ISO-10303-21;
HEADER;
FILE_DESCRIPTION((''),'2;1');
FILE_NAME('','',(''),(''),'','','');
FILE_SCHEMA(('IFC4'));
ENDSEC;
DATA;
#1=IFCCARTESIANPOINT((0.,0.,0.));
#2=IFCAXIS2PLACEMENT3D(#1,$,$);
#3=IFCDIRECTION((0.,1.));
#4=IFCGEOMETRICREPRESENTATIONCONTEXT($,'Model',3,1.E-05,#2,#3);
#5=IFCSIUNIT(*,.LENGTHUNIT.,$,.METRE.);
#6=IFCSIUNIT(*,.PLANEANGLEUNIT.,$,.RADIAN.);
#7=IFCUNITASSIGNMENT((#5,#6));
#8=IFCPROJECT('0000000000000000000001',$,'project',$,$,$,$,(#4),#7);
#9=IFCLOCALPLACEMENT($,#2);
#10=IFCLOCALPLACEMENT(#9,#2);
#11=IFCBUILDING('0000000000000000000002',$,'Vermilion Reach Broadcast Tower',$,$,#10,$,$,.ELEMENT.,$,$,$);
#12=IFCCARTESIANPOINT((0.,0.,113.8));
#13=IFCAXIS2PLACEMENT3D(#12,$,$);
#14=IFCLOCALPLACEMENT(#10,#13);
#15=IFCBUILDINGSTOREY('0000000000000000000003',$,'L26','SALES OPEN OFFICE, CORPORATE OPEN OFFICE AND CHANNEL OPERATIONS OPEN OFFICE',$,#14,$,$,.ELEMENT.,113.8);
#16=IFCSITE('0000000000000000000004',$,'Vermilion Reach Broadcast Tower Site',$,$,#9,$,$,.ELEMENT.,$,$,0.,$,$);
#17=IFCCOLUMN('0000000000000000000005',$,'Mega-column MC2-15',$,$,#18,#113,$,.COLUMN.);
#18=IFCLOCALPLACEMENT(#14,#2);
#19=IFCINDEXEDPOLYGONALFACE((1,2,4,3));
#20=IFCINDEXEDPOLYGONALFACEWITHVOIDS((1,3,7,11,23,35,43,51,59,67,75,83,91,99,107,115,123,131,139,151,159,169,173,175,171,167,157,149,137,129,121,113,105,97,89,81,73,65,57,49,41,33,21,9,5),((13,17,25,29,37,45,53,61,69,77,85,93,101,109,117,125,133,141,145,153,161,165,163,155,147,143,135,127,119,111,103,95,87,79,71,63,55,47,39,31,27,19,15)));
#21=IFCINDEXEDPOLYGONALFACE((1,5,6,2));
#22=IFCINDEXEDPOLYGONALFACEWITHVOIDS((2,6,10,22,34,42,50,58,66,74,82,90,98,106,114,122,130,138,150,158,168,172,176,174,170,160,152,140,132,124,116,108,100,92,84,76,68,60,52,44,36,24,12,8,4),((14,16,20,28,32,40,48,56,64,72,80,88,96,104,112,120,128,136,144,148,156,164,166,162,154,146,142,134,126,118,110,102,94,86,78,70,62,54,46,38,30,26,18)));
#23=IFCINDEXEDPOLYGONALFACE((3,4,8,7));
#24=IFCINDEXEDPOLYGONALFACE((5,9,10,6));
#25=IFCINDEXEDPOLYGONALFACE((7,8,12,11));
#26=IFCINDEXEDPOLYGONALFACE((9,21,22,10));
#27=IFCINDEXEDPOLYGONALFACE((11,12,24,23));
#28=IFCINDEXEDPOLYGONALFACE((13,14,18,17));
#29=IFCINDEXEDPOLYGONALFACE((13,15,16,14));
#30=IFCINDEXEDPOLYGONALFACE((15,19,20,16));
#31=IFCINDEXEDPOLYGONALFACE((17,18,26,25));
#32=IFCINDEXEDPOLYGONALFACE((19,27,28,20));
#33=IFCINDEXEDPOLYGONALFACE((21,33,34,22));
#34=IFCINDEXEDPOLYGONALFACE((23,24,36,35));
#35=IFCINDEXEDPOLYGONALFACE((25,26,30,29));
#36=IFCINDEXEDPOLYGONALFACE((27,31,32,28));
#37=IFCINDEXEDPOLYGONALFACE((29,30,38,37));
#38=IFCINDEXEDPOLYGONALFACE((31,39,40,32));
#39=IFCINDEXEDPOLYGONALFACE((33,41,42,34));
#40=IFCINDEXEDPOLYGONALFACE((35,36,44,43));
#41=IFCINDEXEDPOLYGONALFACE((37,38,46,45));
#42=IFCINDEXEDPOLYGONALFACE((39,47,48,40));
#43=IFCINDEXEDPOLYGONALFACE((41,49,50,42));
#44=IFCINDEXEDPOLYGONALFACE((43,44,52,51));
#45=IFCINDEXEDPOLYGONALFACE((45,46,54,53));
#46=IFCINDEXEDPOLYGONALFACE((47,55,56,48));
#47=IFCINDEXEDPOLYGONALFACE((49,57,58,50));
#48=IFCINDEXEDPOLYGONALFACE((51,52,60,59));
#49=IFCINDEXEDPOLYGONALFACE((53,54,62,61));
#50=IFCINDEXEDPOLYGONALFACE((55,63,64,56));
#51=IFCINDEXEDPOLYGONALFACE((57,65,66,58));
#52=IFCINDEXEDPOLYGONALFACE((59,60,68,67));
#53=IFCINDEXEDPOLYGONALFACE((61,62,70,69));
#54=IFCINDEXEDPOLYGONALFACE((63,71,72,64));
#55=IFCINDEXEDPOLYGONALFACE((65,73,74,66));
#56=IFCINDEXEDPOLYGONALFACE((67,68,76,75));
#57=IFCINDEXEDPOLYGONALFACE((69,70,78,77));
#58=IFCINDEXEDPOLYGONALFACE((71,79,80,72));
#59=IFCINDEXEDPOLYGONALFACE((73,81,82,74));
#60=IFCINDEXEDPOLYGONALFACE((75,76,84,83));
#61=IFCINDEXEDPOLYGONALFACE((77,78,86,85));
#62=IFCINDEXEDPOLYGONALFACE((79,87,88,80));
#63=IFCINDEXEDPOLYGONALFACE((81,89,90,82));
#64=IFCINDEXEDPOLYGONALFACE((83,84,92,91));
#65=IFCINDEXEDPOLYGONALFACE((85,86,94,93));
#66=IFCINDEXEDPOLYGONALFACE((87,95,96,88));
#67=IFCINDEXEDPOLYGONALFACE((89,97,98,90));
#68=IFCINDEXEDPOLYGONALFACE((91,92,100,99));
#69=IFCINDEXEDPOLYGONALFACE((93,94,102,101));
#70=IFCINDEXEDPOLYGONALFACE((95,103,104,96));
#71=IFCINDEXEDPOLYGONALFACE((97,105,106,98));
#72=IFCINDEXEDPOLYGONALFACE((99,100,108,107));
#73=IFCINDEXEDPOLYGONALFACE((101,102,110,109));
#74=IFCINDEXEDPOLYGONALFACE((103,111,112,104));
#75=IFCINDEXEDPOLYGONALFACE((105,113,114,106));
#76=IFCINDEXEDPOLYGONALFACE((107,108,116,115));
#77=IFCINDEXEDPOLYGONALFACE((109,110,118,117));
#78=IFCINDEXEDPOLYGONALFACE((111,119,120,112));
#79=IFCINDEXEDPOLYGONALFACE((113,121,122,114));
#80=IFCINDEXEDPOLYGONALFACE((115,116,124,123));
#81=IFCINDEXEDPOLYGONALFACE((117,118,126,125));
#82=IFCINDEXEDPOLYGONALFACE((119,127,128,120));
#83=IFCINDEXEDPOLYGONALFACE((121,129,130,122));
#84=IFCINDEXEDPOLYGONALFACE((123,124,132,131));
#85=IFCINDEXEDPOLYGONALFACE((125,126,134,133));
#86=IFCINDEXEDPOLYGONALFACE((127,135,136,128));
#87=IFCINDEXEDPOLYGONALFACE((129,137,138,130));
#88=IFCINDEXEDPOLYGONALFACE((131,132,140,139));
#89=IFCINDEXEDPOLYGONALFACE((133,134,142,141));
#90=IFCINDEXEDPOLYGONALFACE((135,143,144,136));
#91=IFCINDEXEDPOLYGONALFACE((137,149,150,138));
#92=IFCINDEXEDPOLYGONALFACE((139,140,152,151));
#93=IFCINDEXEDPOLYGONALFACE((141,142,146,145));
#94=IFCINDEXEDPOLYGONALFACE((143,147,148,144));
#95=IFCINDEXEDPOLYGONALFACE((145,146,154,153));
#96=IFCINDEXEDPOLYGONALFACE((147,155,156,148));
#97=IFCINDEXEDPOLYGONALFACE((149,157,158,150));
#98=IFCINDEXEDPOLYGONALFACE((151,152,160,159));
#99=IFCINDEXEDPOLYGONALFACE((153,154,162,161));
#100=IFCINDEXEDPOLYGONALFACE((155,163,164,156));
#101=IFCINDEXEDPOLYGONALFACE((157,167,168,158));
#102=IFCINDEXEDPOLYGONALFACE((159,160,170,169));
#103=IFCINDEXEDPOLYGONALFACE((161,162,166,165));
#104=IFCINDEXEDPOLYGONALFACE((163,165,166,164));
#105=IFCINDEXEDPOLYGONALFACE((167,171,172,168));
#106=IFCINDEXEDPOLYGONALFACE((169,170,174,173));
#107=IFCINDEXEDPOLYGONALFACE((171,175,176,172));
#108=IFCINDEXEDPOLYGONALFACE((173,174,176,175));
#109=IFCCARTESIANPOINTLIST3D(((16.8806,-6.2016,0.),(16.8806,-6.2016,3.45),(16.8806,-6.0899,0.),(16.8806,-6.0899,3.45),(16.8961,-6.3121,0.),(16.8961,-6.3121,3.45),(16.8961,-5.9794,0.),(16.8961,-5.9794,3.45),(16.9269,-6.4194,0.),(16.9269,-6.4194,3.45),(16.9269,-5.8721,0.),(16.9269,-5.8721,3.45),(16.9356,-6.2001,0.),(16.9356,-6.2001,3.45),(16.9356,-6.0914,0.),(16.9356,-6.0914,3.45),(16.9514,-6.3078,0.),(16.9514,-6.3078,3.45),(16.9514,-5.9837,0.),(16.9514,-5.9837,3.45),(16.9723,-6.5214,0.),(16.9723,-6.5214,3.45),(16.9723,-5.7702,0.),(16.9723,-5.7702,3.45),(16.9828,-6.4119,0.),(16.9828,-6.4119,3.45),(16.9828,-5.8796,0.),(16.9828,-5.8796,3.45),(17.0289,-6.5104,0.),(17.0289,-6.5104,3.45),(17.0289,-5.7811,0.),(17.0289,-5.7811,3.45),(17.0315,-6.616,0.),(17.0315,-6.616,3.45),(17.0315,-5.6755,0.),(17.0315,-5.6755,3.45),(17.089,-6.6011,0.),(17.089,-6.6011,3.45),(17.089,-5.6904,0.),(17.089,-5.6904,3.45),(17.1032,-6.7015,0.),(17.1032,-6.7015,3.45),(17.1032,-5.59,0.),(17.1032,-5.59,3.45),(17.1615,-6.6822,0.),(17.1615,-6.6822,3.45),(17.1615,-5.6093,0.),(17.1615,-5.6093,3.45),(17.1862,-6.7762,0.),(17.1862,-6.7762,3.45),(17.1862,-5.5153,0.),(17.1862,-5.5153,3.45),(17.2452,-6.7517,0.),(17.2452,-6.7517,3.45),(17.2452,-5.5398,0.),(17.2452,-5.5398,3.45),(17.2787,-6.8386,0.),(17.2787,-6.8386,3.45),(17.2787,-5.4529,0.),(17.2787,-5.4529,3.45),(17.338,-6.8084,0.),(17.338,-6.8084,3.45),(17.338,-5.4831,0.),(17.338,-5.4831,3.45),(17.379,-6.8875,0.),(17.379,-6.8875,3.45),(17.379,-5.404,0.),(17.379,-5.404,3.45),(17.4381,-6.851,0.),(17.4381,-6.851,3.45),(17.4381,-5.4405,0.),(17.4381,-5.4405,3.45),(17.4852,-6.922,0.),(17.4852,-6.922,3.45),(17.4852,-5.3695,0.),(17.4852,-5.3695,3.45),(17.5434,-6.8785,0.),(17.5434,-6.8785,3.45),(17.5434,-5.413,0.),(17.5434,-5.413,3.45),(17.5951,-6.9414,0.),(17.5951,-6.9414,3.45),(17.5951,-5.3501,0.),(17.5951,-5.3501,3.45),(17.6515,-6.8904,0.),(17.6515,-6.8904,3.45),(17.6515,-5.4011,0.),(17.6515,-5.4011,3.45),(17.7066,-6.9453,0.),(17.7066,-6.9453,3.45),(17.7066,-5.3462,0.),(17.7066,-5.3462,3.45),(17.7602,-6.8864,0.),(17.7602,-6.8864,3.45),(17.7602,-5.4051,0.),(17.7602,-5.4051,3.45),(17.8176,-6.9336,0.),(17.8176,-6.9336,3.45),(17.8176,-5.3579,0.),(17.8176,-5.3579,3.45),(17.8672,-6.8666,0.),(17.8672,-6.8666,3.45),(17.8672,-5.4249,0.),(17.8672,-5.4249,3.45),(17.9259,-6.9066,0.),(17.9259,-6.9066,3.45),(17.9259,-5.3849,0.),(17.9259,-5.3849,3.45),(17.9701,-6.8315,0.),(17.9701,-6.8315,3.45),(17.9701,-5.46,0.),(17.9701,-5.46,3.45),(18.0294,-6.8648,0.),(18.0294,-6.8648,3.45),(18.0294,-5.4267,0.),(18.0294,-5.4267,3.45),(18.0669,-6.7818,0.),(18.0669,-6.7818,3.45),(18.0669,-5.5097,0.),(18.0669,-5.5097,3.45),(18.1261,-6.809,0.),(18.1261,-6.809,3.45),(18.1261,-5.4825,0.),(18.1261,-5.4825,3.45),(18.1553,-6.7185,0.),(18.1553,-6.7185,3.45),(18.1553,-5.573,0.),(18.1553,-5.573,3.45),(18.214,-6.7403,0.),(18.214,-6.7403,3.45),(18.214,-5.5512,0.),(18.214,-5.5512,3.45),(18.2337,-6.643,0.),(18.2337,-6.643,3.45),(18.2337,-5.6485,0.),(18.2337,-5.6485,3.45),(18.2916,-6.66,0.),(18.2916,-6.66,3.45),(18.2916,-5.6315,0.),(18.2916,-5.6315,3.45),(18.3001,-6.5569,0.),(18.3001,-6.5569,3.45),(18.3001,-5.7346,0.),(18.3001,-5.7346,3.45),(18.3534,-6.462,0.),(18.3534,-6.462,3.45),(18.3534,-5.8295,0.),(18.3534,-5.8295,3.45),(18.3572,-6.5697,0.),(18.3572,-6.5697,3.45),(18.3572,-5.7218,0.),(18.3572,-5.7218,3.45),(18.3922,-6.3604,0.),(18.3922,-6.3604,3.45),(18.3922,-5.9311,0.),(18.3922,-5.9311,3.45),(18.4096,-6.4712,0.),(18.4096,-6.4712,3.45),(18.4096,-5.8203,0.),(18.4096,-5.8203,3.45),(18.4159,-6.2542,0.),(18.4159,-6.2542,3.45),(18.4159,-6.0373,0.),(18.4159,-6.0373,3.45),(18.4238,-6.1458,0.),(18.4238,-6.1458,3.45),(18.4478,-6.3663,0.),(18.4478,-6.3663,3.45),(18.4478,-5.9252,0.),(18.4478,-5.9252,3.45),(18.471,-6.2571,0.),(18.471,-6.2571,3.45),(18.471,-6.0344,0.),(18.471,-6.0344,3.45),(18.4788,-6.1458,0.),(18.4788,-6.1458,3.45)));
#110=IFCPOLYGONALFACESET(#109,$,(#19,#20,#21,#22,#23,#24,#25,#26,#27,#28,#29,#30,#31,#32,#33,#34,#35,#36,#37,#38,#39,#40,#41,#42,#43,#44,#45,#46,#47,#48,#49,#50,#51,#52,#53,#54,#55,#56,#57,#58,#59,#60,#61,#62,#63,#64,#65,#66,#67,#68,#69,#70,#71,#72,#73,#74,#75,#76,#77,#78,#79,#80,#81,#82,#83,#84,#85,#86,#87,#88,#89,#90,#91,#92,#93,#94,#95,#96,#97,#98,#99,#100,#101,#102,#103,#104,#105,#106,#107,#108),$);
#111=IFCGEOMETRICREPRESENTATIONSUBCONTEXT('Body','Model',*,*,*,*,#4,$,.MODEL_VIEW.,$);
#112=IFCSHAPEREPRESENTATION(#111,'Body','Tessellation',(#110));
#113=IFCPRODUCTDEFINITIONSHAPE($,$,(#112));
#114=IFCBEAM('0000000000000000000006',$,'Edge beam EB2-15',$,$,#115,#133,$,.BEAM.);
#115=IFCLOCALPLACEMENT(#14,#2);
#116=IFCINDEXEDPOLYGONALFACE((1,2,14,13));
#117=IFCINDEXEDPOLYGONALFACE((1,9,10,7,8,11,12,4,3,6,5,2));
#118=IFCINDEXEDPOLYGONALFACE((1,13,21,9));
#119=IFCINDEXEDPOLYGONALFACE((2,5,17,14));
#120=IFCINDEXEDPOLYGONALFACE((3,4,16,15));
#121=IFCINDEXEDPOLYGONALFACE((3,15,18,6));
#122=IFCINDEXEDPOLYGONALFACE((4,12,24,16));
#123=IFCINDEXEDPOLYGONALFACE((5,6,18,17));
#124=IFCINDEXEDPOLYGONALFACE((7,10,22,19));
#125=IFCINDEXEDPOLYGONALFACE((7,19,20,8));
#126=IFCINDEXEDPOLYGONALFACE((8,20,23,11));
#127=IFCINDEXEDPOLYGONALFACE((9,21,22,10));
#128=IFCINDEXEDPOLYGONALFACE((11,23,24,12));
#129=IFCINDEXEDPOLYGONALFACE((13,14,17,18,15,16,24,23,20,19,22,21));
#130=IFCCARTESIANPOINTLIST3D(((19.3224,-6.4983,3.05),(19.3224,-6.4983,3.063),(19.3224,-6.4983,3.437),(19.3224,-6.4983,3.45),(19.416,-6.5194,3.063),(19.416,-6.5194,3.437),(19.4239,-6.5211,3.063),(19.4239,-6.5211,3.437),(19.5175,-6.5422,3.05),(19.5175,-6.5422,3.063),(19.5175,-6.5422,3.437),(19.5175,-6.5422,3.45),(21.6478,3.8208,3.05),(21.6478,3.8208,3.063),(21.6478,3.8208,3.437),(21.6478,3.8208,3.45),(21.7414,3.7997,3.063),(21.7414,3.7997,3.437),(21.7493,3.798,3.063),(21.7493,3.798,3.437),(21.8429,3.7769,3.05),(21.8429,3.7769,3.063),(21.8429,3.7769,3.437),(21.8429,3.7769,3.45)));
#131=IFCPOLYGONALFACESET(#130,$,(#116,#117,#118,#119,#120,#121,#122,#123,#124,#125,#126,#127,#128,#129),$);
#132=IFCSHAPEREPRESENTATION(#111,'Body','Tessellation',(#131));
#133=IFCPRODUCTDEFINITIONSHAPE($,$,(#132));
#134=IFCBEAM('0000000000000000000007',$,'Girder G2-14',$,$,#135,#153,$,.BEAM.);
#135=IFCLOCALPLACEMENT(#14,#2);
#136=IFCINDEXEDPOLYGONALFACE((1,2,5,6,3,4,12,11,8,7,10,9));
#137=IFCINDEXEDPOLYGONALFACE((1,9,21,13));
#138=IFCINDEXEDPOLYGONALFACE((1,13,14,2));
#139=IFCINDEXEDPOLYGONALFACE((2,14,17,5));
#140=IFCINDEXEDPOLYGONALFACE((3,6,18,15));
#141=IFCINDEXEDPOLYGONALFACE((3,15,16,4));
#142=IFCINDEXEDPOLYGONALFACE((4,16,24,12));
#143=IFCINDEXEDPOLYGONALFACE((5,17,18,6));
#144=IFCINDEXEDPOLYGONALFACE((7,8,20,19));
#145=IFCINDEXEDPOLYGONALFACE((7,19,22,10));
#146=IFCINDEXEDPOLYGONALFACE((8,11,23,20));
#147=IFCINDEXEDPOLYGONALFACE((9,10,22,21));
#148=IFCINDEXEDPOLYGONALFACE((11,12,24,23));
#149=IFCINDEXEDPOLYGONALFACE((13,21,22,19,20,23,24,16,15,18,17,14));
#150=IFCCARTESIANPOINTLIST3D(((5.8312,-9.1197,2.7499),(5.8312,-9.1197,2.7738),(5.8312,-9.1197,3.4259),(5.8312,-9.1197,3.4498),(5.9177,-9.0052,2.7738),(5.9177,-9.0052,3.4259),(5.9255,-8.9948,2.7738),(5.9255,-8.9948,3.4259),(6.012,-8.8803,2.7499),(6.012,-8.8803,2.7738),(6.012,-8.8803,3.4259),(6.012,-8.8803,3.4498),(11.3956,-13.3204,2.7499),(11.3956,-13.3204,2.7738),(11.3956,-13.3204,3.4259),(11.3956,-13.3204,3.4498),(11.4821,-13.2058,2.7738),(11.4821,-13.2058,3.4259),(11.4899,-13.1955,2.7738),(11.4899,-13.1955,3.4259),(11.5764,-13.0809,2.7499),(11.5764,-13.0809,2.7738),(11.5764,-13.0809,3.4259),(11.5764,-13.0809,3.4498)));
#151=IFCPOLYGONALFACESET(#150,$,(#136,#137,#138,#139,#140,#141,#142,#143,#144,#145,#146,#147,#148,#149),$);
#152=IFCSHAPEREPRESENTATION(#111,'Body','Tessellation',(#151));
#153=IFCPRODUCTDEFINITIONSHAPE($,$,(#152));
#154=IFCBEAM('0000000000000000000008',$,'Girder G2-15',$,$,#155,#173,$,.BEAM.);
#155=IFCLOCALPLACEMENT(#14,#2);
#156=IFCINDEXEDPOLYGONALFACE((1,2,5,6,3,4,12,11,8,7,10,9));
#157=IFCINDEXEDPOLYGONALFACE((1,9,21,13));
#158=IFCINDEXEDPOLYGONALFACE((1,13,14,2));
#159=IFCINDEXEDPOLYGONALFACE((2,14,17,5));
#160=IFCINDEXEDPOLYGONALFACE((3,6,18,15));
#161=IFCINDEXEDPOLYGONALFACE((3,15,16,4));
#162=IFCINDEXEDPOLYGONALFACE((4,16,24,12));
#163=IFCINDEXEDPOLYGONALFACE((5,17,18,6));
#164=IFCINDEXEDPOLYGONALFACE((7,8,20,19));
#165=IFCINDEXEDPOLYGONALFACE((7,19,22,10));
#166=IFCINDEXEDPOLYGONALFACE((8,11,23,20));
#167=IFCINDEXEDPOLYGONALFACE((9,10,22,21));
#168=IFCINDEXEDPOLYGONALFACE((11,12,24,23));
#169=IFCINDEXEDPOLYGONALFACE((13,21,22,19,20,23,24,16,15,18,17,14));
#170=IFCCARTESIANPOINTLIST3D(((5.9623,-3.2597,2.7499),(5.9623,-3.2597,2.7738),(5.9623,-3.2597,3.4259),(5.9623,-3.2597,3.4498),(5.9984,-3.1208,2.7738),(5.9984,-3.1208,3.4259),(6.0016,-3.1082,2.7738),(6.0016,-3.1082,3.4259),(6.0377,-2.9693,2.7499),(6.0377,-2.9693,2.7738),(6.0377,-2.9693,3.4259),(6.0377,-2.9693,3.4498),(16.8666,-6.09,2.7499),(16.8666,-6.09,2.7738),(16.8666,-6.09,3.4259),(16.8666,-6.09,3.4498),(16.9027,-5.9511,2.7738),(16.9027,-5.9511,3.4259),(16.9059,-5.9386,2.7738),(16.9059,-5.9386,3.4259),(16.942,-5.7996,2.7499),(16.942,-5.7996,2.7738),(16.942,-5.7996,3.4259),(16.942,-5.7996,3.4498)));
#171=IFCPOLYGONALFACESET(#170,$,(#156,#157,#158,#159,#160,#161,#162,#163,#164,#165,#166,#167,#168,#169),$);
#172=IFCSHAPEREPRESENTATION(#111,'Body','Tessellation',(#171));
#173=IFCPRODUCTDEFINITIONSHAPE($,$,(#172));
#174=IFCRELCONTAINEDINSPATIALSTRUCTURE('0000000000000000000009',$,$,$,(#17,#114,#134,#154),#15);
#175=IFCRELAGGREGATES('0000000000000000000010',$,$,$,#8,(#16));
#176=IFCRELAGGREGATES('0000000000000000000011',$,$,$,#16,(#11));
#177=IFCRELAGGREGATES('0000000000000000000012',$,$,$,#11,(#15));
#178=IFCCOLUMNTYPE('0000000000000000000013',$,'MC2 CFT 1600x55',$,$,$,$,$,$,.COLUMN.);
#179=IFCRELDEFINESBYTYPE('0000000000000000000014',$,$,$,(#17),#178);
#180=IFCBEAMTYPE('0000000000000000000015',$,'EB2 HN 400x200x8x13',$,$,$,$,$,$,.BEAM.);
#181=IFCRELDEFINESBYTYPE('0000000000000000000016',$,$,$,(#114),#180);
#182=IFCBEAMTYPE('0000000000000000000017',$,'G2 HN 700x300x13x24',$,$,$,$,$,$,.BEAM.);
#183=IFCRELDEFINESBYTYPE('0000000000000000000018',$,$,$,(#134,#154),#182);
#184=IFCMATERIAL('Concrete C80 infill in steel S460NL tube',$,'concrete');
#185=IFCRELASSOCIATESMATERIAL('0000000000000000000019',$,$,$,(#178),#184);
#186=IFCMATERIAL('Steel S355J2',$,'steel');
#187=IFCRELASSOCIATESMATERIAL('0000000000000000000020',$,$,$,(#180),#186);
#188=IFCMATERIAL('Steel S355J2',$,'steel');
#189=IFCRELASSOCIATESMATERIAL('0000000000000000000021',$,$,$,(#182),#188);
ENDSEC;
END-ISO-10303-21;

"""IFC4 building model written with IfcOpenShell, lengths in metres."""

from ifc_helpers import new_model, si_unit, direction, frame, origin, origin_2d, place, context, subcontext, project, spatial, hollow_circle, i_section, extrude, material, material_profile, profile_set, type_object, element, save


model = new_model("IFC4")

# Units and contexts
model_context = context("Model", 3, precision=1e-05, world=origin(), true_north=direction((0.0, 1.0)))
body_context = subcontext(model_context, "Body", "Model", "MODEL_VIEW")
ifc_project = project(units=[si_unit("LENGTHUNIT", "METRE"), si_unit("PLANEANGLEUNIT", "RADIAN")], contexts=[model_context])

# Site, building, storey
site_placement = place(None, origin())
site = spatial("IfcSite", under=ifc_project, at=site_placement, Name="Vermilion Reach Broadcast Tower Site", CompositionType="ELEMENT", RefElevation=0.0)
building_placement = place(site_placement, origin())
building = spatial("IfcBuilding", under=site, at=building_placement, Name="Vermilion Reach Broadcast Tower", CompositionType="ELEMENT")
storey_placement = place(building_placement, frame((0.0, 0.0, 113.8)))
storey = spatial("IfcBuildingStorey", under=building, at=storey_placement, Name="L26", Description="SALES OPEN OFFICE, CORPORATE OPEN OFFICE AND CHANNEL OPERATIONS OPEN OFFICE", CompositionType="ELEMENT", Elevation=113.8)

# Column
ifc_material_1 = material(Name="Concrete C80 infill in steel S460NL tube", Category="concrete")
ifc_material_profile_1 = material_profile(ifc_material_1, hollow_circle(Radius=0.8, WallThickness=0.0549, at=origin_2d()), Name="Concrete C80 infill in steel S460NL tube CFT 1600x55")
ifc_profile_set_1 = profile_set([ifc_material_profile_1], Name="Concrete C80 infill in steel S460NL tube")
column_type = type_object("IfcColumnType", Name="MC2 CFT 1600x55", PredefinedType="COLUMN", material=ifc_profile_set_1)
column_placement = place(storey_placement, frame((17.6787, -6.1458, 0.0), z_axis=(0.0, 0.0, 1.0), x_axis=(1.0, 0.0, 0.0)))
element("IfcColumn", 1, at=column_placement, inside=storey, type_object=column_type, Name="Mega-column MC2-15", PredefinedType="COLUMN", context=body_context, shape_type="SweptSolid", body=[
    extrude(hollow_circle(Radius=0.8, WallThickness=0.0549, at=origin_2d()), origin(), (0.0, 0.0, 1.0), 3.45),
])

# Beams
ifc_material_2 = material(Name="Steel S355J2", Category="steel")
ifc_material_profile_2 = material_profile(ifc_material_2, i_section(OverallWidth=0.2, OverallDepth=0.3999, WebThickness=0.0081, FlangeThickness=0.0129, at=origin_2d()), Name="S355J2 HN 400x200x8x13")
ifc_profile_set_2 = profile_set([ifc_material_profile_2], Name="Steel S355J2")
beam_type_1 = type_object("IfcBeamType", Name="EB2 HN 400x200x8x13", PredefinedType="BEAM", material=ifc_profile_set_2)
beam_1_placement = place(storey_placement, frame((19.4199, -6.5203, 3.25), z_axis=(0.21984, 0.975536, 0.0), x_axis=(-0.975536, 0.21984, 0.0)))
element("IfcBeam", 2, at=beam_1_placement, inside=storey, type_object=beam_type_1, Name="Edge beam EB2-15", PredefinedType="BEAM", context=body_context, shape_type="SweptSolid", body=[
    extrude(i_section(OverallWidth=0.2, OverallDepth=0.3999, WebThickness=0.0081, FlangeThickness=0.0129, at=origin_2d()), origin(), (0.0, 0.0, 1.0), 10.5779),
])
ifc_material_3 = material(Name="Steel S355J2", Category="steel")
ifc_material_profile_3 = material_profile(ifc_material_3, i_section(OverallWidth=0.3, OverallDepth=0.7, WebThickness=0.0129, FlangeThickness=0.0239, at=origin_2d()), Name="S355J2 HN 700x300x13x24")
ifc_profile_set_3 = profile_set([ifc_material_profile_3], Name="Steel S355J2")
beam_type_2 = type_object("IfcBeamType", Name="G2 HN 700x300x13x24", PredefinedType="BEAM", material=ifc_profile_set_3)
beam_2_placement = place(storey_placement, frame((5.9216, -9.0, 3.0999), z_axis=(0.798114, -0.602507, 0.0), x_axis=(0.602507, 0.798114, 0.0)))
element("IfcBeam", 3, at=beam_2_placement, inside=storey, type_object=beam_type_2, Name="Girder G2-14", PredefinedType="BEAM", context=body_context, shape_type="SweptSolid", body=[
    extrude(i_section(OverallWidth=0.3, OverallDepth=0.7, WebThickness=0.0129, FlangeThickness=0.0239, at=origin_2d()), origin(), (0.0, 0.0, 1.0), 6.9719),
])
beam_3_placement = place(storey_placement, frame((6.0, -3.1145, 3.0999), z_axis=(0.967926, -0.251235, 0.0), x_axis=(0.251235, 0.967926, 0.0)))
element("IfcBeam", 4, at=beam_3_placement, inside=storey, type_object=beam_type_2, Name="Girder G2-15", PredefinedType="BEAM", context=body_context, shape_type="SweptSolid", body=[
    extrude(i_section(OverallWidth=0.3, OverallDepth=0.7, WebThickness=0.0129, FlangeThickness=0.0239, at=origin_2d()), origin(), (0.0, 0.0, 1.0), 11.2656),
])

save(model, "model.ifc")
